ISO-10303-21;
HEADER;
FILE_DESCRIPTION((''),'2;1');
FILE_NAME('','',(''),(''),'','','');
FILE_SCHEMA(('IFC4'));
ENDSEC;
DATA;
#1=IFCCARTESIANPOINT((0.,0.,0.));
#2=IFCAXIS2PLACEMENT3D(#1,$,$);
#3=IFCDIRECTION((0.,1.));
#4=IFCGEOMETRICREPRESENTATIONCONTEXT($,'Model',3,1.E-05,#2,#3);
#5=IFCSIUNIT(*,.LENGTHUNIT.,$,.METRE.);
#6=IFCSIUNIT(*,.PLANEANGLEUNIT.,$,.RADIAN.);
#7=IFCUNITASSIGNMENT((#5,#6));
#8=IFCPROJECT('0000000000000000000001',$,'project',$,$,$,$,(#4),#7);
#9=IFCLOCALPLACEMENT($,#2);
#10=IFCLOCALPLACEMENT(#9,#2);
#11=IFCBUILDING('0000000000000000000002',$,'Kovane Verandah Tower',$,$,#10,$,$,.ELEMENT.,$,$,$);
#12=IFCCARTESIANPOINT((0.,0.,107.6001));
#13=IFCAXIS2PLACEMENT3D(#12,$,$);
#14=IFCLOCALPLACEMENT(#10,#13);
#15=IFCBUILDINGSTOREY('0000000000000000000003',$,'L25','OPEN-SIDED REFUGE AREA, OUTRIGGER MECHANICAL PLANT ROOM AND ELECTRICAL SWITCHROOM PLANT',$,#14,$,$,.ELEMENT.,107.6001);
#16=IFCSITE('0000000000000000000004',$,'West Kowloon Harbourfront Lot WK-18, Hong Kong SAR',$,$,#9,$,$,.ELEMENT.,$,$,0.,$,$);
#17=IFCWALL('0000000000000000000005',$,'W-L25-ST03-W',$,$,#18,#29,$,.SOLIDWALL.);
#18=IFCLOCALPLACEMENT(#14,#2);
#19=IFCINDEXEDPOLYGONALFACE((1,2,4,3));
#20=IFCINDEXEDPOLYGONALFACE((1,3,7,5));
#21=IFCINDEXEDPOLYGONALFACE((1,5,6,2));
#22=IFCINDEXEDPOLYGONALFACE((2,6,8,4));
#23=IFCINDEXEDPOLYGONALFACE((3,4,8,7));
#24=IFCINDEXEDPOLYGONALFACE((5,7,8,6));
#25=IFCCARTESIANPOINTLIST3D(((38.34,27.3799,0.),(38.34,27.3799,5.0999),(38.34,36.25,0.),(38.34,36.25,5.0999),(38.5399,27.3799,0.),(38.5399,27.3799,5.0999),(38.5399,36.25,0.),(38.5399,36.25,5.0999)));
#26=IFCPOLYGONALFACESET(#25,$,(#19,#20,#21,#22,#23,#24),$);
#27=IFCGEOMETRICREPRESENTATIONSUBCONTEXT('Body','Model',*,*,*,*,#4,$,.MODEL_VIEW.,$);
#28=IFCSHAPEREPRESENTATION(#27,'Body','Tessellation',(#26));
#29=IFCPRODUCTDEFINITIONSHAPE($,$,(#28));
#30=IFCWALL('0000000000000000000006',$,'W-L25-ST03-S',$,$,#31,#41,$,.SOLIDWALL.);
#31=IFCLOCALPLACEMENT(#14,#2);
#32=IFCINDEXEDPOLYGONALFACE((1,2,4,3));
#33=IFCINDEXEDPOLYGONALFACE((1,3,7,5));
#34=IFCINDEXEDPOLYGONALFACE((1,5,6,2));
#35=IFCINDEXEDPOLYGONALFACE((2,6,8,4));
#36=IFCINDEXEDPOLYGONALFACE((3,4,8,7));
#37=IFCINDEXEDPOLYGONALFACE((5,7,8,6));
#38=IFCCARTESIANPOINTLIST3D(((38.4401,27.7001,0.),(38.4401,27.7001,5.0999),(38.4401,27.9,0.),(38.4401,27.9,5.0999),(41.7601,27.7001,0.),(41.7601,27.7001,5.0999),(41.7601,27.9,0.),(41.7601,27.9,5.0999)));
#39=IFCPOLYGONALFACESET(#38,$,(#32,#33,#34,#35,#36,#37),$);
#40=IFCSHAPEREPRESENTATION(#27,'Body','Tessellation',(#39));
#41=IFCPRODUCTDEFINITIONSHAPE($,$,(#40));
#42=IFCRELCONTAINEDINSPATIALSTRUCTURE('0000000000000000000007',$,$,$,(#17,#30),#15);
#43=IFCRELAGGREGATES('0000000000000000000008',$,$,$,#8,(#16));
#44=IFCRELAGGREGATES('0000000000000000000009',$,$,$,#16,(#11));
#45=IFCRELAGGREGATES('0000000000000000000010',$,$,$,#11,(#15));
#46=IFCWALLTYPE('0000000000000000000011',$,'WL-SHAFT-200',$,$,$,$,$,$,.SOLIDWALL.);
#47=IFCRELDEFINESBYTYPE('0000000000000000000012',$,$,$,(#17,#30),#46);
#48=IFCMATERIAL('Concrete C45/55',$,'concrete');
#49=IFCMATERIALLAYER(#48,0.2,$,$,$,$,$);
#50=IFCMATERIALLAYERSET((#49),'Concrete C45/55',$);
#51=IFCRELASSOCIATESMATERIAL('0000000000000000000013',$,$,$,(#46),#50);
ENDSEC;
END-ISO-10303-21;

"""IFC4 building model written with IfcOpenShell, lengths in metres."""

from ifc_helpers import new_model, si_unit, direction, frame, frame_2d, origin, place, context, subcontext, project, spatial, rectangle, extrude, material, layer, layer_set, type_object, element, save


model = new_model("IFC4")

# Units and contexts
model_context = context("Model", 3, precision=1e-05, world=origin(), true_north=direction((0.0, 1.0)))
body_context = subcontext(model_context, "Body", "Model", "MODEL_VIEW")
ifc_project = project(units=[si_unit("LENGTHUNIT", "METRE"), si_unit("PLANEANGLEUNIT", "RADIAN")], contexts=[model_context])

# Site, building, storey
site_placement = place(None, origin())
site = spatial("IfcSite", under=ifc_project, at=site_placement, Name="West Kowloon Harbourfront Lot WK-18, Hong Kong SAR", CompositionType="ELEMENT", RefElevation=0.0)
building_placement = place(site_placement, origin())
building = spatial("IfcBuilding", under=site, at=building_placement, Name="Kovane Verandah Tower", CompositionType="ELEMENT")
storey_placement = place(building_placement, frame((0.0, 0.0, 107.6001)))
storey = spatial("IfcBuildingStorey", under=building, at=storey_placement, Name="L25", Description="OPEN-SIDED REFUGE AREA, OUTRIGGER MECHANICAL PLANT ROOM AND ELECTRICAL SWITCHROOM PLANT", CompositionType="ELEMENT", Elevation=107.6001)

# Shared definitions
ifc_material_1 = material(Name="Concrete C45/55", Category="concrete")
ifc_layer_1 = layer(ifc_material_1, 0.2)
ifc_layer_set_1 = layer_set([ifc_layer_1], Name="Concrete C45/55")
wall_type_1 = type_object("IfcWallType", Name="WL-SHAFT-200", PredefinedType="SOLIDWALL", material=ifc_layer_set_1)

# Walls
wall_1_placement = place(storey_placement, frame((38.4399, 27.3799, 0.0), z_axis=(0.0, 0.0, 1.0), x_axis=(0.0, 1.0, 0.0)))
element("IfcWall", 1, at=wall_1_placement, inside=storey, type_object=wall_type_1, Name="W-L25-ST03-W", PredefinedType="SOLIDWALL", context=body_context, shape_type="SweptSolid", body=[
    extrude(rectangle(XDim=8.8701, YDim=0.2, at=frame_2d((4.4351, 0.0))), origin(), (0.0, 0.0, 1.0), 5.0999),
])
wall_2_placement = place(storey_placement, frame((38.4399, 27.8, 0.0), z_axis=(0.0, 0.0, 1.0), x_axis=(1.0, 0.0, 0.0)))
element("IfcWall", 2, at=wall_2_placement, inside=storey, type_object=wall_type_1, Name="W-L25-ST03-S", PredefinedType="SOLIDWALL", context=body_context, shape_type="SweptSolid", body=[
    extrude(rectangle(XDim=3.3201, YDim=0.2, at=frame_2d((1.6602, 0.0))), origin(), (0.0, 0.0, 1.0), 5.0999),
])

save(model, "model.ifc")
